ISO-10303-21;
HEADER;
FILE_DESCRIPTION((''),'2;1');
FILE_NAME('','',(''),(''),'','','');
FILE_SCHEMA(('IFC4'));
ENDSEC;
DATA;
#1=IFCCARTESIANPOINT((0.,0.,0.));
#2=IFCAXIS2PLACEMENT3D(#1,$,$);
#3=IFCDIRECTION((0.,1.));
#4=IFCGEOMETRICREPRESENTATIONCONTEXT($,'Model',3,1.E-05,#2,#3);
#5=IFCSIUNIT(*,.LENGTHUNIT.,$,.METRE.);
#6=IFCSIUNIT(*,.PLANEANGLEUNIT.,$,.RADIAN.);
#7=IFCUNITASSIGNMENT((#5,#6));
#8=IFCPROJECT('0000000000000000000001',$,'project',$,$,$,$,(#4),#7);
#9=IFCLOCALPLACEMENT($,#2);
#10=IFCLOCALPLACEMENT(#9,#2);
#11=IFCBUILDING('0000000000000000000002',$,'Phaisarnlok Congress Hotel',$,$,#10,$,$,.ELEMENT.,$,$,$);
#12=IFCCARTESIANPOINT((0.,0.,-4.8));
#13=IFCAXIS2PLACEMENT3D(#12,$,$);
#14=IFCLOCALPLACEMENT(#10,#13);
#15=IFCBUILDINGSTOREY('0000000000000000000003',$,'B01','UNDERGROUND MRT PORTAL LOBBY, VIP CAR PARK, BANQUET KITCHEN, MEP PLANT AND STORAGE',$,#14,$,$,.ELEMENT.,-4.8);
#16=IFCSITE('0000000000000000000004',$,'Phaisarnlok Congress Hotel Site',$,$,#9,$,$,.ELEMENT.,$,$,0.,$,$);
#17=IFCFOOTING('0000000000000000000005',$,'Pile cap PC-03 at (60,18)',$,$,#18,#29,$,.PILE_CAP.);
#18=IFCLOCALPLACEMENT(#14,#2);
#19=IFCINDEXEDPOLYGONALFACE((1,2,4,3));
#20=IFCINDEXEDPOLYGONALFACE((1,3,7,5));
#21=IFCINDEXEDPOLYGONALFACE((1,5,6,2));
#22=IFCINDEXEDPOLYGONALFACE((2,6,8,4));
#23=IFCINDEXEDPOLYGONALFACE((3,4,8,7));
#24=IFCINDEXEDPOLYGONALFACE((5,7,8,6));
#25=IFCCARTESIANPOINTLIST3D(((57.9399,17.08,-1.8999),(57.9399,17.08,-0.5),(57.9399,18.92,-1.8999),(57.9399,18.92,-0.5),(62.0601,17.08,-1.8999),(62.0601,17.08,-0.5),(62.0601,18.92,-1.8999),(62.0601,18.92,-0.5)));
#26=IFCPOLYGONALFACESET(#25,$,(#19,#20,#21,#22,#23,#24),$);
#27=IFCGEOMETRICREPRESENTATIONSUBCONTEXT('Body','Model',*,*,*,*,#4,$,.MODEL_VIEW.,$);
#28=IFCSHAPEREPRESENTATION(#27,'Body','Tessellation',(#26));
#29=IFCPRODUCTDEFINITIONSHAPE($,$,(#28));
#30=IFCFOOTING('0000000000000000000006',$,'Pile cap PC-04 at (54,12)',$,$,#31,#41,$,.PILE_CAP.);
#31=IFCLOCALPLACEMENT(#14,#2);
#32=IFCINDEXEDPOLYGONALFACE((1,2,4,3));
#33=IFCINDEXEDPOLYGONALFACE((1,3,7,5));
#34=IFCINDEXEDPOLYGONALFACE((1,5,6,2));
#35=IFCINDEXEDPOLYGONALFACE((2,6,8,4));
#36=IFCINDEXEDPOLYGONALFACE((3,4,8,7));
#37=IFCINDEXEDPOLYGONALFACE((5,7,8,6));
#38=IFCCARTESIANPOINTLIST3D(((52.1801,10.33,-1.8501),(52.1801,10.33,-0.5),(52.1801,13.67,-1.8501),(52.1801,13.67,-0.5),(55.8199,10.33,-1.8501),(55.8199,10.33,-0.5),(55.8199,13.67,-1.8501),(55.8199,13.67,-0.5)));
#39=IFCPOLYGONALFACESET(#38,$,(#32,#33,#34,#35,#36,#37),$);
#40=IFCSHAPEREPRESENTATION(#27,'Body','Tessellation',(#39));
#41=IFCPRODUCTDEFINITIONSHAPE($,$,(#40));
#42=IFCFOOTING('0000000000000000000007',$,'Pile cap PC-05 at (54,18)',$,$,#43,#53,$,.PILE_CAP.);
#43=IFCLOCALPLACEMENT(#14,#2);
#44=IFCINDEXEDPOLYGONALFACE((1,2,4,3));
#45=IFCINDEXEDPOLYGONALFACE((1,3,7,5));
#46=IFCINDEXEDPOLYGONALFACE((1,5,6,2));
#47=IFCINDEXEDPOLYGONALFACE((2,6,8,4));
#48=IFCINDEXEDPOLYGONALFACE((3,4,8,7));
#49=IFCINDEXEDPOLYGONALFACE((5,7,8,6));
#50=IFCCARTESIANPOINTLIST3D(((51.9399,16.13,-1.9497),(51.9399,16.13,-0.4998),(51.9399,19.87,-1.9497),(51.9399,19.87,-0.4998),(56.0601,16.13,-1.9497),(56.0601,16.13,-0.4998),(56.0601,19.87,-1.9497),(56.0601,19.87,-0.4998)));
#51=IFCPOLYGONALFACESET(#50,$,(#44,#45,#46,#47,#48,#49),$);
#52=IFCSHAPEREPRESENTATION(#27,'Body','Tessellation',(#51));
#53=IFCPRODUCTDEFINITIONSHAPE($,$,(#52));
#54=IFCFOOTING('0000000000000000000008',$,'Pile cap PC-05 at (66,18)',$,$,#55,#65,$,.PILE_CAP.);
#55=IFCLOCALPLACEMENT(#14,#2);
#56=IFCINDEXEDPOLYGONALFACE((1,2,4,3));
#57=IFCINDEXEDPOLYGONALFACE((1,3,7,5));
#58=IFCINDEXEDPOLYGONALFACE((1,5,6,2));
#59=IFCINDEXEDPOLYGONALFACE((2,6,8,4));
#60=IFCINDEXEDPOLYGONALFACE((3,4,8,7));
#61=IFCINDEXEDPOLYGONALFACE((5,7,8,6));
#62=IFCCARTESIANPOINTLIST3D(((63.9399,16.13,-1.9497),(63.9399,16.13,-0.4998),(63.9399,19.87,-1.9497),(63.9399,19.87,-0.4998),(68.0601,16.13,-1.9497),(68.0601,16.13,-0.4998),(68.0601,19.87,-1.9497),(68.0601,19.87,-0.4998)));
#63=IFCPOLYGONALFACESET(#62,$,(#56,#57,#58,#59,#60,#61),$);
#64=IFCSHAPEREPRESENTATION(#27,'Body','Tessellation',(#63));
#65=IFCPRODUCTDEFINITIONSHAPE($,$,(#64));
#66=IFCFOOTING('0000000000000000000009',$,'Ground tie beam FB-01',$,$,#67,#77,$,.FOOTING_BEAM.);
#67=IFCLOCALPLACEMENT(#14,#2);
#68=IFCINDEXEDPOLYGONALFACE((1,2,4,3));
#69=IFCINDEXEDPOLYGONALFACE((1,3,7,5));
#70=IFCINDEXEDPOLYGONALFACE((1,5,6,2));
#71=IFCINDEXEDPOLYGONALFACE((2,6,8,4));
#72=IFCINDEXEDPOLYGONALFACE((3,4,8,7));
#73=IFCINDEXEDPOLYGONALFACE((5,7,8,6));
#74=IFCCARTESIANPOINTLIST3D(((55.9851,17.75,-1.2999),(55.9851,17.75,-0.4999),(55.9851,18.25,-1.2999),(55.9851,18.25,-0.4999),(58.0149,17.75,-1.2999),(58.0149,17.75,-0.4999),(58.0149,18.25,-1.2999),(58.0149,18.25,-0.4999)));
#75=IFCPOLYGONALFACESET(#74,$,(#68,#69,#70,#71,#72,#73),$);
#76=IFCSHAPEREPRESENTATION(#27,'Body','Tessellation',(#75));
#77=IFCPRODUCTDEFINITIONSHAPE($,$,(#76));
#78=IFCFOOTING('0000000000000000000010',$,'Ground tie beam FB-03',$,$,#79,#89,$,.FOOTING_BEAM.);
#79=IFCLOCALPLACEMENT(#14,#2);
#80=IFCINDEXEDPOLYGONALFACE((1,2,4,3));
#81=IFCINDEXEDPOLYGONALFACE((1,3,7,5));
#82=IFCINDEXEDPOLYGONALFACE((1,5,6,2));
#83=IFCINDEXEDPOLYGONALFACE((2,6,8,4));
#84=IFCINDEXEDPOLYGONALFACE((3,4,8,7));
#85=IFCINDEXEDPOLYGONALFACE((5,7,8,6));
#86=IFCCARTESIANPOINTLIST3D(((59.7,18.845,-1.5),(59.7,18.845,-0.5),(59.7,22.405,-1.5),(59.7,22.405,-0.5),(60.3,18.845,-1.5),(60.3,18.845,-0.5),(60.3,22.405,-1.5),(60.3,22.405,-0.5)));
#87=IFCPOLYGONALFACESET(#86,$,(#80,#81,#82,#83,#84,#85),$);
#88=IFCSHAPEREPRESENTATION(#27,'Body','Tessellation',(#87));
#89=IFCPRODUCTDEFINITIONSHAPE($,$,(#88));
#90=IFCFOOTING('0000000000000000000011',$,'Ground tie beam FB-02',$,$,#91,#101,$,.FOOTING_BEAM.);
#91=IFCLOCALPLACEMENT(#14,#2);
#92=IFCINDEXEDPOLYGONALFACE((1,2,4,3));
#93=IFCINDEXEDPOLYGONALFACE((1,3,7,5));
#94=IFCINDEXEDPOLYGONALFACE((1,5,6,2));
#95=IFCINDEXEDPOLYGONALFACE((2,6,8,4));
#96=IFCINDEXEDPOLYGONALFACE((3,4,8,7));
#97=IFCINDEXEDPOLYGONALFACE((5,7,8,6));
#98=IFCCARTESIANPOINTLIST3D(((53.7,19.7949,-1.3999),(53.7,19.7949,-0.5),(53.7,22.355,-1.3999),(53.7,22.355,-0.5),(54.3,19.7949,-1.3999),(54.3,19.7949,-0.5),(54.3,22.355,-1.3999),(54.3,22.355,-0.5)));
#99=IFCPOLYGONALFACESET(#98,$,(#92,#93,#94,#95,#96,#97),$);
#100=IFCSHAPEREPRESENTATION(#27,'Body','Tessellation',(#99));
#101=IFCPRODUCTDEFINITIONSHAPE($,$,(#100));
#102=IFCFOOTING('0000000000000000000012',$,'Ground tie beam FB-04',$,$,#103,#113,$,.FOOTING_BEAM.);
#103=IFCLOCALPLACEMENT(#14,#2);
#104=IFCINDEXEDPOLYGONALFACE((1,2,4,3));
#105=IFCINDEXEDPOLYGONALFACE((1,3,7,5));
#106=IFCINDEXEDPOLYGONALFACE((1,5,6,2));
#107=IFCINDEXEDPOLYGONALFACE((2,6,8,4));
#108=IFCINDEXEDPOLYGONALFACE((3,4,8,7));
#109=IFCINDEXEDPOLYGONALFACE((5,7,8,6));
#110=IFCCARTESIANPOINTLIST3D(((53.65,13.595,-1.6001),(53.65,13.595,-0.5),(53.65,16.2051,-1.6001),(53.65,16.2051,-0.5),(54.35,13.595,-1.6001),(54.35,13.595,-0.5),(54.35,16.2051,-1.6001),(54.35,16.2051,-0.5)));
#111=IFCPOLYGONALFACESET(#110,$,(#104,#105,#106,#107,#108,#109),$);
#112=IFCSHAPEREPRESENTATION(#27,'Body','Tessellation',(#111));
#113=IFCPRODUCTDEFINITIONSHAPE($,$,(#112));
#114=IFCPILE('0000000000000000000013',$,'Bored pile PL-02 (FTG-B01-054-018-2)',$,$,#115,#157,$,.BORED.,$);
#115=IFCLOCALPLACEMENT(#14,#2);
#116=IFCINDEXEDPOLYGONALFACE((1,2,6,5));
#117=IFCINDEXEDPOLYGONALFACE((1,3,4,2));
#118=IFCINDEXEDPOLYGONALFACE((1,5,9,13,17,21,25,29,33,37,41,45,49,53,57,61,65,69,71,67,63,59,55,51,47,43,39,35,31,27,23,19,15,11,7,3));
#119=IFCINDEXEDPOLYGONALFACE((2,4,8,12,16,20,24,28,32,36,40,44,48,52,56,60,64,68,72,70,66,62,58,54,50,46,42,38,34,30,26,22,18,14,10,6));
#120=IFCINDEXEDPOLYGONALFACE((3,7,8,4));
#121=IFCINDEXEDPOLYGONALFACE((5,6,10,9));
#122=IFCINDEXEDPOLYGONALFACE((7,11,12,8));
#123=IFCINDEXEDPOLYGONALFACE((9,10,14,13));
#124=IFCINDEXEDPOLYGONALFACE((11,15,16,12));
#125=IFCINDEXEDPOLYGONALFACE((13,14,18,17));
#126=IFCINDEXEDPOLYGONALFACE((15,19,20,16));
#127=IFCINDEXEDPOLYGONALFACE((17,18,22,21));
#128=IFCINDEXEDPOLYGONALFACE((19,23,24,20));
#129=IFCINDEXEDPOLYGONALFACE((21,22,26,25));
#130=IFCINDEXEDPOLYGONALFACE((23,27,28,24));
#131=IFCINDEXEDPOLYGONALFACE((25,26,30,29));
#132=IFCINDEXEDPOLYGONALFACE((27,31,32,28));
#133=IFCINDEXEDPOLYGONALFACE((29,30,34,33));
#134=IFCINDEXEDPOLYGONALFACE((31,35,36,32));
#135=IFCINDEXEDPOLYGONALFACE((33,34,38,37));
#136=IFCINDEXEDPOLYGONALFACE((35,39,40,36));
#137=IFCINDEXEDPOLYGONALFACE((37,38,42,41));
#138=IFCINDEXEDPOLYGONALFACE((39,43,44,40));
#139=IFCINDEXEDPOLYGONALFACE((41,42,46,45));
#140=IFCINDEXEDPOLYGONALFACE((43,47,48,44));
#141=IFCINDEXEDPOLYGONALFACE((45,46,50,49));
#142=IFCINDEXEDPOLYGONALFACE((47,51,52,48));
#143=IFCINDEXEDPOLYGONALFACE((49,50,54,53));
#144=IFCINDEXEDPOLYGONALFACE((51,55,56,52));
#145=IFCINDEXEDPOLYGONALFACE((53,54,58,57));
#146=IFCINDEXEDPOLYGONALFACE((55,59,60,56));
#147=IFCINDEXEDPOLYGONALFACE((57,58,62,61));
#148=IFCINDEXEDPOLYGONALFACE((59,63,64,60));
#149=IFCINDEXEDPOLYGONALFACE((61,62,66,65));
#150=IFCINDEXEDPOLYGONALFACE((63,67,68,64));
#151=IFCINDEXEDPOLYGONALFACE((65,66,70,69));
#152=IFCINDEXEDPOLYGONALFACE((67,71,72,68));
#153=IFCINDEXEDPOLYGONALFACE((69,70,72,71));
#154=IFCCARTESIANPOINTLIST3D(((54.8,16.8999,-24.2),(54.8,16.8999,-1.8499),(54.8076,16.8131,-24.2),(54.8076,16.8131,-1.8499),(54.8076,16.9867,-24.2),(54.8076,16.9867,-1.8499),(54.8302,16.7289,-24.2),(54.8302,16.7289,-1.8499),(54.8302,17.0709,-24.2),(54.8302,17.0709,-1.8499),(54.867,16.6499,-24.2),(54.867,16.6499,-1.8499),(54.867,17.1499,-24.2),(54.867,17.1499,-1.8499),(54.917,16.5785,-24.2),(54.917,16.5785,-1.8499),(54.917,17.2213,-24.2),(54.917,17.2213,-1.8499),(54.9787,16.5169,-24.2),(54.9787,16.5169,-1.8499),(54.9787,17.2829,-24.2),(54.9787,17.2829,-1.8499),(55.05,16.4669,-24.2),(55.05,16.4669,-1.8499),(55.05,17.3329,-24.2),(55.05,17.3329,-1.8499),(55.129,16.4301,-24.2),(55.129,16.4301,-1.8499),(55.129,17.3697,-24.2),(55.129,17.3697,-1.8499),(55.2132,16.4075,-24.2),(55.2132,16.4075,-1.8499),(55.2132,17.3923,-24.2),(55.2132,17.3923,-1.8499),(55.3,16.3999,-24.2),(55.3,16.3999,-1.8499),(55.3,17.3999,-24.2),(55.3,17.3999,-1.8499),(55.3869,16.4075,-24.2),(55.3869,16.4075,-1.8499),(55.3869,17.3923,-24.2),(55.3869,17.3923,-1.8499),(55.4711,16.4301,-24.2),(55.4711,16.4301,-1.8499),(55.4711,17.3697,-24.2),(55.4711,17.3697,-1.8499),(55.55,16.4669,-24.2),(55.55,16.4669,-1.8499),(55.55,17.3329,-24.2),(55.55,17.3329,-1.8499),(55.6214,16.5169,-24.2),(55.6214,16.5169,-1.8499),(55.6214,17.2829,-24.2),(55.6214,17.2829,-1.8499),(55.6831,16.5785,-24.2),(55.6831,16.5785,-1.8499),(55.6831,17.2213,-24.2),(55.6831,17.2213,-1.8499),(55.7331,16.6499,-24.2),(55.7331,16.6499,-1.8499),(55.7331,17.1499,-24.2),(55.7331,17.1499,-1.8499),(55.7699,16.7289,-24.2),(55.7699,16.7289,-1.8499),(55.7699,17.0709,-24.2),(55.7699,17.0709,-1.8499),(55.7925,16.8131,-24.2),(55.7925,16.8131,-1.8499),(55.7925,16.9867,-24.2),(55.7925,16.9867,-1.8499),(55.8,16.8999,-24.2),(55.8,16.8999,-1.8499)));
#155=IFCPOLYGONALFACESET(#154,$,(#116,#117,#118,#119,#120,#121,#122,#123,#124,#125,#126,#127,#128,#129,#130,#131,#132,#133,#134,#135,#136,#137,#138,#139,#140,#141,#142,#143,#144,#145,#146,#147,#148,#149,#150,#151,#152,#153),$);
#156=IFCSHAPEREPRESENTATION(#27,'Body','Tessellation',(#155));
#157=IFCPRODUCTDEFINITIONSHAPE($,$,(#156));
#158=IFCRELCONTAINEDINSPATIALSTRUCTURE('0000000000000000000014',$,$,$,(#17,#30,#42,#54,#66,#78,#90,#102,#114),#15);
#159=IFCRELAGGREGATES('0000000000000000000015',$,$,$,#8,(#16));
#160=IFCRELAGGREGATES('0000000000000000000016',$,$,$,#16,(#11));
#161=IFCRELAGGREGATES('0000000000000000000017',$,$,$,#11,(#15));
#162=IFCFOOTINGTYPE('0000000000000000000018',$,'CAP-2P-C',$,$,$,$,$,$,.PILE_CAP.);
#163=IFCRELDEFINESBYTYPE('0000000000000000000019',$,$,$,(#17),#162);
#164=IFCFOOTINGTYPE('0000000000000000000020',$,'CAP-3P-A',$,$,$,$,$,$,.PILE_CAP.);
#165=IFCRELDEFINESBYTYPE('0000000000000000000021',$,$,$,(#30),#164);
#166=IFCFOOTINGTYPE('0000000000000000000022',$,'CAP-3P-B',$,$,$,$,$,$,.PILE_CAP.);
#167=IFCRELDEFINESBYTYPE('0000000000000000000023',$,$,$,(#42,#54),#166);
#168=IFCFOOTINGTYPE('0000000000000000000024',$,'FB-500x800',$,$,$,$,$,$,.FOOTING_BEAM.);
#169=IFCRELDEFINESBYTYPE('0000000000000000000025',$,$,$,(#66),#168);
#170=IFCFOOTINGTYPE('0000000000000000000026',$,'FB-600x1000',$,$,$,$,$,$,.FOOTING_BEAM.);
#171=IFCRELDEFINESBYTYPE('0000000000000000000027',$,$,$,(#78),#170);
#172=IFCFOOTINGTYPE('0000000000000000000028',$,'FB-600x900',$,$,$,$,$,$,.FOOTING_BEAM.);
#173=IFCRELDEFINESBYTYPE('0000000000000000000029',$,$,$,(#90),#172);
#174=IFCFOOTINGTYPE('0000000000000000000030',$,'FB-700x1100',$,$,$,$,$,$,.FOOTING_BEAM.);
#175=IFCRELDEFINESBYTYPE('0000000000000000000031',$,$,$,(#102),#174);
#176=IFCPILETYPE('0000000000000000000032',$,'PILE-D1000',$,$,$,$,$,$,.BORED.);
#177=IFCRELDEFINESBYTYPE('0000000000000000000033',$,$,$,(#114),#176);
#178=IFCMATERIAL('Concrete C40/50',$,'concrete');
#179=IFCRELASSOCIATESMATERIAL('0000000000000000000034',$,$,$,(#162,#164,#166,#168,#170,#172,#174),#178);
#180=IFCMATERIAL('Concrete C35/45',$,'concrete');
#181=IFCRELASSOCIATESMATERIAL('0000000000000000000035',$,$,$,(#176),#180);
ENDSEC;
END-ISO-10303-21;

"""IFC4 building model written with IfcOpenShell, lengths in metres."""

from ifc_helpers import new_model, si_unit, direction, frame, origin, origin_2d, place, context, subcontext, project, spatial, rectangle, circle, extrude, material, material_profile, profile_set, type_object, element, save


model = new_model("IFC4")

# Units and contexts
model_context = context("Model", 3, precision=1e-05, world=origin(), true_north=direction((0.0, 1.0)))
body_context = subcontext(model_context, "Body", "Model", "MODEL_VIEW")
ifc_project = project(units=[si_unit("LENGTHUNIT", "METRE"), si_unit("PLANEANGLEUNIT", "RADIAN")], contexts=[model_context])

# Site, building, storey
site_placement = place(None, origin())
site = spatial("IfcSite", under=ifc_project, at=site_placement, Name="Phaisarnlok Congress Hotel Site", CompositionType="ELEMENT", RefElevation=0.0)
building_placement = place(site_placement, origin())
building = spatial("IfcBuilding", under=site, at=building_placement, Name="Phaisarnlok Congress Hotel", CompositionType="ELEMENT")
storey_placement = place(building_placement, frame((0.0, 0.0, -4.8)))
storey = spatial("IfcBuildingStorey", under=building, at=storey_placement, Name="B01", Description="UNDERGROUND MRT PORTAL LOBBY, VIP CAR PARK, BANQUET KITCHEN, MEP PLANT AND STORAGE", CompositionType="ELEMENT", Elevation=-4.8)

# Footings
ifc_material_1 = material(Name="Concrete C40/50", Category="concrete")
footing_type_1 = type_object("IfcFootingType", Name="CAP-2P-C", PredefinedType="PILE_CAP", material=ifc_material_1)
footing_1_placement = place(storey_placement, frame((60.0, 18.0, -1.8999), z_axis=(0.0, 0.0, 1.0), x_axis=(1.0, 0.0, 0.0)))
element("IfcFooting", 1, at=footing_1_placement, inside=storey, type_object=footing_type_1, Name="Pile cap PC-03 at (60,18)", PredefinedType="PILE_CAP", context=body_context, shape_type="SweptSolid", body=[
    extrude(rectangle(XDim=4.1201, YDim=1.8401, at=origin_2d()), origin(), (0.0, 0.0, 1.0), 1.3999),
])
footing_type_2 = type_object("IfcFootingType", Name="CAP-3P-A", PredefinedType="PILE_CAP", material=ifc_material_1)
footing_2_placement = place(storey_placement, frame((54.0, 12.0, -1.8501), z_axis=(0.0, 0.0, 1.0), x_axis=(1.0, 0.0, 0.0)))
element("IfcFooting", 2, at=footing_2_placement, inside=storey, type_object=footing_type_2, Name="Pile cap PC-04 at (54,12)", PredefinedType="PILE_CAP", context=body_context, shape_type="SweptSolid", body=[
    extrude(rectangle(XDim=3.6399, YDim=3.3401, at=origin_2d()), origin(), (0.0, 0.0, 1.0), 1.3501),
])
footing_type_3 = type_object("IfcFootingType", Name="CAP-3P-B", PredefinedType="PILE_CAP", material=ifc_material_1)
for number, where, z_axis, x_axis, name in (
    (3, (54.0, 18.0, -1.9497), (0.0, 0.0, 1.0), (1.0, 0.0, 0.0), "Pile cap PC-05 at (54,18)"),
    (4, (66.0, 18.0, -1.9497), (0.0, 0.0, 1.0), (1.0, 0.0, 0.0), "Pile cap PC-05 at (66,18)"),
):
    element("IfcFooting", number, at=place(storey_placement, frame(where, z_axis=z_axis, x_axis=x_axis)), inside=storey, type_object=footing_type_3, Name=name, PredefinedType="PILE_CAP", context=body_context, shape_type="SweptSolid", body=[
        extrude(rectangle(XDim=4.1201, YDim=3.74, at=origin_2d()), origin(), (0.0, 0.0, 1.0), 1.45),
    ])
ifc_material_profile_1 = material_profile(ifc_material_1, rectangle(XDim=0.5, YDim=0.8, at=origin_2d()), Name="FB-500x800")
ifc_profile_set_1 = profile_set([ifc_material_profile_1], Name="Concrete C40/50")
footing_type_4 = type_object("IfcFootingType", Name="FB-500x800", PredefinedType="FOOTING_BEAM", material=ifc_profile_set_1)
footing_3_placement = place(storey_placement, frame((55.9851, 18.0, -0.8999), z_axis=(1.0, 0.0, 0.0), x_axis=(0.0, 1.0, 0.0)))
element("IfcFooting", 5, at=footing_3_placement, inside=storey, type_object=footing_type_4, Name="Ground tie beam FB-01", PredefinedType="FOOTING_BEAM", context=body_context, shape_type="SweptSolid", body=[
    extrude(rectangle(XDim=0.5, YDim=0.8, at=origin_2d()), origin(), (0.0, 0.0, 1.0), 2.0298),
])
ifc_material_profile_2 = material_profile(ifc_material_1, rectangle(XDim=0.6001, YDim=1.0, at=origin_2d()), Name="FB-600x1000")
ifc_profile_set_2 = profile_set([ifc_material_profile_2], Name="Concrete C40/50")
footing_type_5 = type_object("IfcFootingType", Name="FB-600x1000", PredefinedType="FOOTING_BEAM", material=ifc_profile_set_2)
footing_4_placement = place(storey_placement, frame((60.0, 18.845, -1.0), z_axis=(0.0, 1.0, 0.0), x_axis=(-1.0, 0.0, 0.0)))
element("IfcFooting", 6, at=footing_4_placement, inside=storey, type_object=footing_type_5, Name="Ground tie beam FB-03", PredefinedType="FOOTING_BEAM", context=body_context, shape_type="SweptSolid", body=[
    extrude(rectangle(XDim=0.6001, YDim=1.0, at=origin_2d()), origin(), (0.0, 0.0, 1.0), 3.5601),
])
ifc_material_profile_3 = material_profile(ifc_material_1, rectangle(XDim=0.6001, YDim=0.8999, at=origin_2d()), Name="FB-600x900")
ifc_profile_set_3 = profile_set([ifc_material_profile_3], Name="Concrete C40/50")
footing_type_6 = type_object("IfcFootingType", Name="FB-600x900", PredefinedType="FOOTING_BEAM", material=ifc_profile_set_3)
footing_5_placement = place(storey_placement, frame((54.0, 19.7949, -0.95), z_axis=(0.0, 1.0, 0.0), x_axis=(-1.0, 0.0, 0.0)))
element("IfcFooting", 7, at=footing_5_placement, inside=storey, type_object=footing_type_6, Name="Ground tie beam FB-02", PredefinedType="FOOTING_BEAM", context=body_context, shape_type="SweptSolid", body=[
    extrude(rectangle(XDim=0.6001, YDim=0.8999, at=origin_2d()), origin(), (0.0, 0.0, 1.0), 2.5601),
])
ifc_material_profile_4 = material_profile(ifc_material_1, rectangle(XDim=0.7, YDim=1.1001, at=origin_2d()), Name="FB-700x1100")
ifc_profile_set_4 = profile_set([ifc_material_profile_4], Name="Concrete C40/50")
footing_type_7 = type_object("IfcFootingType", Name="FB-700x1100", PredefinedType="FOOTING_BEAM", material=ifc_profile_set_4)
footing_6_placement = place(storey_placement, frame((54.0, 13.595, -1.05), z_axis=(0.0, 1.0, 0.0), x_axis=(-1.0, 0.0, 0.0)))
element("IfcFooting", 8, at=footing_6_placement, inside=storey, type_object=footing_type_7, Name="Ground tie beam FB-04", PredefinedType="FOOTING_BEAM", context=body_context, shape_type="SweptSolid", body=[
    extrude(rectangle(XDim=0.7, YDim=1.1001, at=origin_2d()), origin(), (0.0, 0.0, 1.0), 2.6101),
])

# Pile
ifc_material_2 = material(Name="Concrete C35/45", Category="concrete")
ifc_material_profile_5 = material_profile(ifc_material_2, circle(Radius=0.5, at=origin_2d()), Name="BORED PILE D1000")
ifc_profile_set_5 = profile_set([ifc_material_profile_5], Name="Concrete C35/45")
pile_type_1 = type_object("IfcPileType", Name="PILE-D1000", PredefinedType="BORED", material=ifc_profile_set_5)
for number, where, z_axis, x_axis, name in (
    (9, (55.3, 16.8999, -1.8499), (0.0, 0.0, -1.0), (1.0, 0.0, 0.0), "Bored pile PL-02 (FTG-B01-054-018-2)"),
):
    element("IfcPile", number, at=place(storey_placement, frame(where, z_axis=z_axis, x_axis=x_axis)), inside=storey, type_object=pile_type_1, Name=name, PredefinedType="BORED", context=body_context, shape_type="SweptSolid", body=[
        extrude(circle(Radius=0.5, at=origin_2d()), origin(), (0.0, 0.0, 1.0), 22.3501),
    ])

save(model, "model.ifc")
